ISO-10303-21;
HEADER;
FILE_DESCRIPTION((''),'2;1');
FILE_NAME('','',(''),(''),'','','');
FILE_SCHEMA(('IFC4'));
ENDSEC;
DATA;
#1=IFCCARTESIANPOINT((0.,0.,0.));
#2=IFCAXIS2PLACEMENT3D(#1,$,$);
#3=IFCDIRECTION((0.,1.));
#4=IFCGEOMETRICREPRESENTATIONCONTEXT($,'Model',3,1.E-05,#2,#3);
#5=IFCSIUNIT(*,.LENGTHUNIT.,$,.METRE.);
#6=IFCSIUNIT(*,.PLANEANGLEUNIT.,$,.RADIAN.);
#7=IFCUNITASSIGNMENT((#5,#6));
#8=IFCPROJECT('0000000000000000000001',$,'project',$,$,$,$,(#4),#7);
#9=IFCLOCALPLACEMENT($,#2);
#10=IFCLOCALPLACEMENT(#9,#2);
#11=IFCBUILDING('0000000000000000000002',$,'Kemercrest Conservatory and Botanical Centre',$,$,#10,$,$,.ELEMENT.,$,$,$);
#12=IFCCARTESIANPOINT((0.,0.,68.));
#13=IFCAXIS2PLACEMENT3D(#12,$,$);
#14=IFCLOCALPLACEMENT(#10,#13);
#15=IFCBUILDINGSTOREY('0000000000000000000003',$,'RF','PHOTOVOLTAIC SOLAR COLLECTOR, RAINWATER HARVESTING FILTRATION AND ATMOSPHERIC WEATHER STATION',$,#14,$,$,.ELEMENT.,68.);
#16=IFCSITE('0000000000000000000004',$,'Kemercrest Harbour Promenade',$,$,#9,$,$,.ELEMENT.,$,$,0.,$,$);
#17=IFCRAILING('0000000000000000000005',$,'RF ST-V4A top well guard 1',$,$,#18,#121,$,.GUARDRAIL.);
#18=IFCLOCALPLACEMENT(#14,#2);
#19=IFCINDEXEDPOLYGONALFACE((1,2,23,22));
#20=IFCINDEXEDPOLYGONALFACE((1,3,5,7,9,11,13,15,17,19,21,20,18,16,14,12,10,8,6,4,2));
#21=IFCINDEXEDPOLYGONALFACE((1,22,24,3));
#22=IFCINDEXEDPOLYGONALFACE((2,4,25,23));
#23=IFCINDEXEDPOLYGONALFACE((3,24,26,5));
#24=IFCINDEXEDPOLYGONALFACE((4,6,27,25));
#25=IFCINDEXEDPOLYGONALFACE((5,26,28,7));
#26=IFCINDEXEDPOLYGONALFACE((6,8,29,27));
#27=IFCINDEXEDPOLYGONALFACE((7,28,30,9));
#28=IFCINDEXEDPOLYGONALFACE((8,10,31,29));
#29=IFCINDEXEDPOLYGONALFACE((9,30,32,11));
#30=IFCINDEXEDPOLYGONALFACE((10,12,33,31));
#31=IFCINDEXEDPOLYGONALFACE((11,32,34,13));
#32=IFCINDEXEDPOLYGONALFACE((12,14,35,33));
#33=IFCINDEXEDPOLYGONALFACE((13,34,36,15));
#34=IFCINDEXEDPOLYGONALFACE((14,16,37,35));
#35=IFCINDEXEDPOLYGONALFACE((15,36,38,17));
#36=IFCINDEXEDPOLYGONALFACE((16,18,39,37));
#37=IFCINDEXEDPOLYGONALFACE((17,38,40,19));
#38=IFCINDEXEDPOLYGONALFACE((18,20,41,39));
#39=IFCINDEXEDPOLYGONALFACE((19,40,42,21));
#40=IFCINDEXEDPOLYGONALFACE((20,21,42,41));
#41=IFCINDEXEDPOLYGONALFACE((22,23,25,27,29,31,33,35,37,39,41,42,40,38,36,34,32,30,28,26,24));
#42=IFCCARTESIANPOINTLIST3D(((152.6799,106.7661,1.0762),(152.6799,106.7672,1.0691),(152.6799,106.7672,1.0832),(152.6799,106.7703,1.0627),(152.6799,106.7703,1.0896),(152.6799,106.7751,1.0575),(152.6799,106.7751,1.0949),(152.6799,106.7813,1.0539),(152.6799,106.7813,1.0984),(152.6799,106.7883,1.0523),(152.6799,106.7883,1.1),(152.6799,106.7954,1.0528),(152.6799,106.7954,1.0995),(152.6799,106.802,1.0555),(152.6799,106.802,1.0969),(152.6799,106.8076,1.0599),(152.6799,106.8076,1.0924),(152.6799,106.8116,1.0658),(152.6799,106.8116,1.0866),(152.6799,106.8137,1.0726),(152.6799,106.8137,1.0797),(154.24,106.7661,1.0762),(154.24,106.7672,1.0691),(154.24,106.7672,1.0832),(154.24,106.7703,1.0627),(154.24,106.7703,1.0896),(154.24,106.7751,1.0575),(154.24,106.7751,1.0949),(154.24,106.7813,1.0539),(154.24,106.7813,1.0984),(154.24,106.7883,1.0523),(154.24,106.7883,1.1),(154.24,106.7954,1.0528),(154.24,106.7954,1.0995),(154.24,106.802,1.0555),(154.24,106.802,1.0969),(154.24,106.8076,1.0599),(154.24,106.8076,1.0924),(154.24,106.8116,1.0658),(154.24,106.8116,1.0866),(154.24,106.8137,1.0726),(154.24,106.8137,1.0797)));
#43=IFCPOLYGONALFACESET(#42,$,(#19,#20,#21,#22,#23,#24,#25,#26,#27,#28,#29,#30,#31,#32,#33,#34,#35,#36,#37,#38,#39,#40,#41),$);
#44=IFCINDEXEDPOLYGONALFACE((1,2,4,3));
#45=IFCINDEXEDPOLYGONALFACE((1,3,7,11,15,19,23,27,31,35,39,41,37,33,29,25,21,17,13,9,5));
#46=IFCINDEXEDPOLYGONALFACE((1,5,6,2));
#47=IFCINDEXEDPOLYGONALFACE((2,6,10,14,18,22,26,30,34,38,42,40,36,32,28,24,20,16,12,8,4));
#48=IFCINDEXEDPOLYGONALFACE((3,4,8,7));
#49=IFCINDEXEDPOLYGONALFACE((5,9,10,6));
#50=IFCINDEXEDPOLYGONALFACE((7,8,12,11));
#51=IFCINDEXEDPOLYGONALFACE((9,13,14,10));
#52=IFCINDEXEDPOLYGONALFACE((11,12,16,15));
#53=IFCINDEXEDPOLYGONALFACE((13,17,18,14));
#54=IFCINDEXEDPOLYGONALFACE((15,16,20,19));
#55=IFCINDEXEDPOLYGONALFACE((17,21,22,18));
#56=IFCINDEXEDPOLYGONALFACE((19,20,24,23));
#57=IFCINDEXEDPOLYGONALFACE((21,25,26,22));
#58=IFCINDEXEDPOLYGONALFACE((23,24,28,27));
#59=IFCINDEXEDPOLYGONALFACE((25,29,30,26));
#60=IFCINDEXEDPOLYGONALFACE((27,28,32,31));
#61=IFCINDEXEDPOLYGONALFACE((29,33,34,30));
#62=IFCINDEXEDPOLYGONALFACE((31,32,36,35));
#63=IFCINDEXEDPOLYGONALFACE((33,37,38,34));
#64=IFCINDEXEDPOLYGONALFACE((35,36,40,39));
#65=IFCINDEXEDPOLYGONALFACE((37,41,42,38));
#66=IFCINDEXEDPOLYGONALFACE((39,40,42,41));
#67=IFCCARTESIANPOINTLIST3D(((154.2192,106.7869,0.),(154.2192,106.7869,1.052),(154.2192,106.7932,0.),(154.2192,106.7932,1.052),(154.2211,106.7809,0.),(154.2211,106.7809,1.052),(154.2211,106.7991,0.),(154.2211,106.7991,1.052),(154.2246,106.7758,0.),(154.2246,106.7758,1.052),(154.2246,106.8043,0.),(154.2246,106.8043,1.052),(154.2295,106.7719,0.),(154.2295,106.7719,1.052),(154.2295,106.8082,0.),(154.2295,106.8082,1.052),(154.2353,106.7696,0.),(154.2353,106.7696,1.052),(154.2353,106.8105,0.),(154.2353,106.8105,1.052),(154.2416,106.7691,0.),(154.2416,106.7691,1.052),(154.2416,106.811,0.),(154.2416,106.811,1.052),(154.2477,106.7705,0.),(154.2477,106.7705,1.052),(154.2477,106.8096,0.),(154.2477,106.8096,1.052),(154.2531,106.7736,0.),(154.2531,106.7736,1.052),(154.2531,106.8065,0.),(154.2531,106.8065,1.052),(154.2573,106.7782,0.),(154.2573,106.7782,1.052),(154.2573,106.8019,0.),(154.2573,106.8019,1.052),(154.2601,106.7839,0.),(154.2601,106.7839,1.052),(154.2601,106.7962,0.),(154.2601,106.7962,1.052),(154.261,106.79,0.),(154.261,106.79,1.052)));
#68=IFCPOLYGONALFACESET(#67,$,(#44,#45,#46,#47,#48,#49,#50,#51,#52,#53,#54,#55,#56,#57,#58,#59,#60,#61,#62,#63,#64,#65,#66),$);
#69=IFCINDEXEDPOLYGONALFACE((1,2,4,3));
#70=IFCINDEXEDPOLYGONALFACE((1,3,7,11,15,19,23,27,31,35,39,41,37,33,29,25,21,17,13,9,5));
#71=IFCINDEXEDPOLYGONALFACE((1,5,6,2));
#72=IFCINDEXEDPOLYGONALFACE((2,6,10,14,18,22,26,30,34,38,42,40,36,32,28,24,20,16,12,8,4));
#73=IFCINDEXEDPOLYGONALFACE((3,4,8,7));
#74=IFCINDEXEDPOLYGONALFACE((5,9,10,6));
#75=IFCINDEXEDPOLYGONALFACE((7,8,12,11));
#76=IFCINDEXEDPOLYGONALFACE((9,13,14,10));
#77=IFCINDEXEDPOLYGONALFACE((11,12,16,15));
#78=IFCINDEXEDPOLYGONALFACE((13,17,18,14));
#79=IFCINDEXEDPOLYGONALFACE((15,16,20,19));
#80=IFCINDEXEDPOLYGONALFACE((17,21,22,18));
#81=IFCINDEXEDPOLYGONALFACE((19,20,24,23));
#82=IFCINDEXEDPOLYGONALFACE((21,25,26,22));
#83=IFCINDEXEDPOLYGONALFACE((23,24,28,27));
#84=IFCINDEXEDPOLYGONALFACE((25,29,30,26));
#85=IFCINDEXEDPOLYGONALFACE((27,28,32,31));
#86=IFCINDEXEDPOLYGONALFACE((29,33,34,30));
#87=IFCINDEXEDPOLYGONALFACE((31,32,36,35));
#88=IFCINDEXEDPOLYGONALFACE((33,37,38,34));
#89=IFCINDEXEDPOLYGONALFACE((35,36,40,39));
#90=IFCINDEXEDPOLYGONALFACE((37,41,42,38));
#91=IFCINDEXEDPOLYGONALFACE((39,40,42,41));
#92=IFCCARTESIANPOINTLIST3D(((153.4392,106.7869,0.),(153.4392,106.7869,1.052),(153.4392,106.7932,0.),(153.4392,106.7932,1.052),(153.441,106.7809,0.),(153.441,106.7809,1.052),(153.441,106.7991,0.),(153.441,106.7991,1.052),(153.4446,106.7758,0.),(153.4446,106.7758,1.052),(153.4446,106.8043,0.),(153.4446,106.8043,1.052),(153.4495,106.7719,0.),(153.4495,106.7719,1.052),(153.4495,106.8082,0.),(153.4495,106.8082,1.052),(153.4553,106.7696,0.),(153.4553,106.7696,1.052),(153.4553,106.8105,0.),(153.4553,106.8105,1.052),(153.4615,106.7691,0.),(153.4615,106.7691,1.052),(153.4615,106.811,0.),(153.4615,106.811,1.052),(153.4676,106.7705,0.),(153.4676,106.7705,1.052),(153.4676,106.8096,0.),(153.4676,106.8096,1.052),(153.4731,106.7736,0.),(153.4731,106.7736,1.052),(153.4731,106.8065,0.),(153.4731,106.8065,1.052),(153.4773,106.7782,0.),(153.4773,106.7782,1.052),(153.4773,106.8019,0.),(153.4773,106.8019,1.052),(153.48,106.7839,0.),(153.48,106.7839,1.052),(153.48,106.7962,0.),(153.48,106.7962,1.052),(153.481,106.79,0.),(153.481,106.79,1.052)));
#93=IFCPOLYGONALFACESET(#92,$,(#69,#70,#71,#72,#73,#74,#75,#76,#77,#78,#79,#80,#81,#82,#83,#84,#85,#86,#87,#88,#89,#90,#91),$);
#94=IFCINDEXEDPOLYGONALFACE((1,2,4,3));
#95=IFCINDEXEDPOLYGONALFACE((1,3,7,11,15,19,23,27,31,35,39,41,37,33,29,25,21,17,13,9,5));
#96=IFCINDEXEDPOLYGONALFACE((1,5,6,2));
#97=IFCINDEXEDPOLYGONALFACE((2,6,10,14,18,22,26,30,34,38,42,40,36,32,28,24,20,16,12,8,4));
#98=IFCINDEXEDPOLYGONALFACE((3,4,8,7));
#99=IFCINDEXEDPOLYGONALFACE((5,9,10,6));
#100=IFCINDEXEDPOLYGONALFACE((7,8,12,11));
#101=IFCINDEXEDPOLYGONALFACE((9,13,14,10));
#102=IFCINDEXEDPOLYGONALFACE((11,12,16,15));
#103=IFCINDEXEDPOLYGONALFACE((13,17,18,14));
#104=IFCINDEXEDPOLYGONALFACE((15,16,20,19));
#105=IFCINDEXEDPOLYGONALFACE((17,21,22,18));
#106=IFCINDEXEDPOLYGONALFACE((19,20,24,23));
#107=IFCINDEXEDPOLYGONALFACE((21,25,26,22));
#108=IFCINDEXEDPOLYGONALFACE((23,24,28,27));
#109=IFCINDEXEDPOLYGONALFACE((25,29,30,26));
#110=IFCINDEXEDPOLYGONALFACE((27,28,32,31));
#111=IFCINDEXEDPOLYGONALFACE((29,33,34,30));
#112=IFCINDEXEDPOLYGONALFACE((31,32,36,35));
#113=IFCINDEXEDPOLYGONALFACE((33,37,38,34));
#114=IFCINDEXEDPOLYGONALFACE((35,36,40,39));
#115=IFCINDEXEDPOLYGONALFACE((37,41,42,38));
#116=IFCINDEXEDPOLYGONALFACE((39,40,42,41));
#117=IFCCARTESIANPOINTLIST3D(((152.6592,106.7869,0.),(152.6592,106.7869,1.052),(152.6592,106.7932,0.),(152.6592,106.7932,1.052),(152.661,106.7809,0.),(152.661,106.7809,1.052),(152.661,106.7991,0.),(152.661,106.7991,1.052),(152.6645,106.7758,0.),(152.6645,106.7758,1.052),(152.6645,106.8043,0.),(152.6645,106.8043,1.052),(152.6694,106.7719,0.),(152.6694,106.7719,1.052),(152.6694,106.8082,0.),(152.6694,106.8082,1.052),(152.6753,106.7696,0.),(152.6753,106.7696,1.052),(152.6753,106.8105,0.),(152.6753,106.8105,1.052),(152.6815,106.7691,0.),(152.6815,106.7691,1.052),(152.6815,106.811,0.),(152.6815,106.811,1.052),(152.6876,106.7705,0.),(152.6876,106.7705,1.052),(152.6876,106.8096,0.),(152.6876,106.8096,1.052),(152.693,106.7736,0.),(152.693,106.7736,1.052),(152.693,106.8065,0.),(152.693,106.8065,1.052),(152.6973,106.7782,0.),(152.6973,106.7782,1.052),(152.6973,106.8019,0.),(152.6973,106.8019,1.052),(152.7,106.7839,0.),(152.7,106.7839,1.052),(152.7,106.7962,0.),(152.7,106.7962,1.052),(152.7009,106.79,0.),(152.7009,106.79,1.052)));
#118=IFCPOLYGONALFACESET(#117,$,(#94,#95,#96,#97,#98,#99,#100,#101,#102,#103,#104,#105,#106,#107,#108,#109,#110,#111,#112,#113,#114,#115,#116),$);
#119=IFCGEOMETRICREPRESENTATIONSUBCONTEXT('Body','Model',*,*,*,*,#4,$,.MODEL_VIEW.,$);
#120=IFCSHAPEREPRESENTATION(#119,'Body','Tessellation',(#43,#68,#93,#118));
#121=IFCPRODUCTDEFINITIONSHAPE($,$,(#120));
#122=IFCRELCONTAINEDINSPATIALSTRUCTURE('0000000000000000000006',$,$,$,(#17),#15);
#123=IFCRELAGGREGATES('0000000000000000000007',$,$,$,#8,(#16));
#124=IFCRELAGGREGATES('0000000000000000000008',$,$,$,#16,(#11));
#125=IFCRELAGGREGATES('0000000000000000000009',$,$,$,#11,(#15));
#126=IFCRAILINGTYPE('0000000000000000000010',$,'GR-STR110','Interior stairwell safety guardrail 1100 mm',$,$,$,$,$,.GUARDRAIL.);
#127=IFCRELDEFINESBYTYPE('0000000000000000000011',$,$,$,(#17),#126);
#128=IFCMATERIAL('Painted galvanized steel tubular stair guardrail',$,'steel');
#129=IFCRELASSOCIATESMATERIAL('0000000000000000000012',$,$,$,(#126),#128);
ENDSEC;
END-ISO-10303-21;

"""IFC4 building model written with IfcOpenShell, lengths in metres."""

from ifc_helpers import new_model, si_unit, direction, frame, origin, origin_2d, place, context, subcontext, project, spatial, circle, extrude, material, type_object, element, save


model = new_model("IFC4")

# Units and contexts
model_context = context("Model", 3, precision=1e-05, world=origin(), true_north=direction((0.0, 1.0)))
body_context = subcontext(model_context, "Body", "Model", "MODEL_VIEW")
ifc_project = project(units=[si_unit("LENGTHUNIT", "METRE"), si_unit("PLANEANGLEUNIT", "RADIAN")], contexts=[model_context])

# Site, building, storey
site_placement = place(None, origin())
site = spatial("IfcSite", under=ifc_project, at=site_placement, Name="Kemercrest Harbour Promenade", CompositionType="ELEMENT", RefElevation=0.0)
building_placement = place(site_placement, origin())
building = spatial("IfcBuilding", under=site, at=building_placement, Name="Kemercrest Conservatory and Botanical Centre", CompositionType="ELEMENT")
storey_placement = place(building_placement, frame((0.0, 0.0, 68.0)))
storey = spatial("IfcBuildingStorey", under=building, at=storey_placement, Name="RF", Description="PHOTOVOLTAIC SOLAR COLLECTOR, RAINWATER HARVESTING FILTRATION AND ATMOSPHERIC WEATHER STATION", CompositionType="ELEMENT", Elevation=68.0)

# Railing
ifc_material_1 = material(Name="Painted galvanized steel tubular stair guardrail", Category="steel")
railing_type = type_object("IfcRailingType", Name="GR-STR110", Description="Interior stairwell safety guardrail 1100 mm", PredefinedType="GUARDRAIL", material=ifc_material_1)
railing_placement = place(storey_placement, frame((154.24, 106.79, 0.0)))
element("IfcRailing", 1, at=railing_placement, inside=storey, type_object=railing_type, Name="RF ST-V4A top well guard 1", PredefinedType="GUARDRAIL", context=body_context, shape_type="SweptSolid", body=[
    extrude(circle(Radius=0.0239, at=origin_2d()), frame((0.0, 0.0, 1.0762), z_axis=(-1.0, 0.0, 0.0), x_axis=(0.0, -1.0, 0.0)), (0.0, 0.0, 1.0), 1.5601),
    extrude(circle(Radius=0.021, at=origin_2d()), origin(), (0.0, 0.0, 1.0), 1.052),
    extrude(circle(Radius=0.021, at=origin_2d()), frame((-0.78, 0.0, 0.0)), (0.0, 0.0, 1.0), 1.052),
    extrude(circle(Radius=0.021, at=origin_2d()), frame((-1.5601, 0.0, 0.0)), (0.0, 0.0, 1.0), 1.052),
])

save(model, "model.ifc")
